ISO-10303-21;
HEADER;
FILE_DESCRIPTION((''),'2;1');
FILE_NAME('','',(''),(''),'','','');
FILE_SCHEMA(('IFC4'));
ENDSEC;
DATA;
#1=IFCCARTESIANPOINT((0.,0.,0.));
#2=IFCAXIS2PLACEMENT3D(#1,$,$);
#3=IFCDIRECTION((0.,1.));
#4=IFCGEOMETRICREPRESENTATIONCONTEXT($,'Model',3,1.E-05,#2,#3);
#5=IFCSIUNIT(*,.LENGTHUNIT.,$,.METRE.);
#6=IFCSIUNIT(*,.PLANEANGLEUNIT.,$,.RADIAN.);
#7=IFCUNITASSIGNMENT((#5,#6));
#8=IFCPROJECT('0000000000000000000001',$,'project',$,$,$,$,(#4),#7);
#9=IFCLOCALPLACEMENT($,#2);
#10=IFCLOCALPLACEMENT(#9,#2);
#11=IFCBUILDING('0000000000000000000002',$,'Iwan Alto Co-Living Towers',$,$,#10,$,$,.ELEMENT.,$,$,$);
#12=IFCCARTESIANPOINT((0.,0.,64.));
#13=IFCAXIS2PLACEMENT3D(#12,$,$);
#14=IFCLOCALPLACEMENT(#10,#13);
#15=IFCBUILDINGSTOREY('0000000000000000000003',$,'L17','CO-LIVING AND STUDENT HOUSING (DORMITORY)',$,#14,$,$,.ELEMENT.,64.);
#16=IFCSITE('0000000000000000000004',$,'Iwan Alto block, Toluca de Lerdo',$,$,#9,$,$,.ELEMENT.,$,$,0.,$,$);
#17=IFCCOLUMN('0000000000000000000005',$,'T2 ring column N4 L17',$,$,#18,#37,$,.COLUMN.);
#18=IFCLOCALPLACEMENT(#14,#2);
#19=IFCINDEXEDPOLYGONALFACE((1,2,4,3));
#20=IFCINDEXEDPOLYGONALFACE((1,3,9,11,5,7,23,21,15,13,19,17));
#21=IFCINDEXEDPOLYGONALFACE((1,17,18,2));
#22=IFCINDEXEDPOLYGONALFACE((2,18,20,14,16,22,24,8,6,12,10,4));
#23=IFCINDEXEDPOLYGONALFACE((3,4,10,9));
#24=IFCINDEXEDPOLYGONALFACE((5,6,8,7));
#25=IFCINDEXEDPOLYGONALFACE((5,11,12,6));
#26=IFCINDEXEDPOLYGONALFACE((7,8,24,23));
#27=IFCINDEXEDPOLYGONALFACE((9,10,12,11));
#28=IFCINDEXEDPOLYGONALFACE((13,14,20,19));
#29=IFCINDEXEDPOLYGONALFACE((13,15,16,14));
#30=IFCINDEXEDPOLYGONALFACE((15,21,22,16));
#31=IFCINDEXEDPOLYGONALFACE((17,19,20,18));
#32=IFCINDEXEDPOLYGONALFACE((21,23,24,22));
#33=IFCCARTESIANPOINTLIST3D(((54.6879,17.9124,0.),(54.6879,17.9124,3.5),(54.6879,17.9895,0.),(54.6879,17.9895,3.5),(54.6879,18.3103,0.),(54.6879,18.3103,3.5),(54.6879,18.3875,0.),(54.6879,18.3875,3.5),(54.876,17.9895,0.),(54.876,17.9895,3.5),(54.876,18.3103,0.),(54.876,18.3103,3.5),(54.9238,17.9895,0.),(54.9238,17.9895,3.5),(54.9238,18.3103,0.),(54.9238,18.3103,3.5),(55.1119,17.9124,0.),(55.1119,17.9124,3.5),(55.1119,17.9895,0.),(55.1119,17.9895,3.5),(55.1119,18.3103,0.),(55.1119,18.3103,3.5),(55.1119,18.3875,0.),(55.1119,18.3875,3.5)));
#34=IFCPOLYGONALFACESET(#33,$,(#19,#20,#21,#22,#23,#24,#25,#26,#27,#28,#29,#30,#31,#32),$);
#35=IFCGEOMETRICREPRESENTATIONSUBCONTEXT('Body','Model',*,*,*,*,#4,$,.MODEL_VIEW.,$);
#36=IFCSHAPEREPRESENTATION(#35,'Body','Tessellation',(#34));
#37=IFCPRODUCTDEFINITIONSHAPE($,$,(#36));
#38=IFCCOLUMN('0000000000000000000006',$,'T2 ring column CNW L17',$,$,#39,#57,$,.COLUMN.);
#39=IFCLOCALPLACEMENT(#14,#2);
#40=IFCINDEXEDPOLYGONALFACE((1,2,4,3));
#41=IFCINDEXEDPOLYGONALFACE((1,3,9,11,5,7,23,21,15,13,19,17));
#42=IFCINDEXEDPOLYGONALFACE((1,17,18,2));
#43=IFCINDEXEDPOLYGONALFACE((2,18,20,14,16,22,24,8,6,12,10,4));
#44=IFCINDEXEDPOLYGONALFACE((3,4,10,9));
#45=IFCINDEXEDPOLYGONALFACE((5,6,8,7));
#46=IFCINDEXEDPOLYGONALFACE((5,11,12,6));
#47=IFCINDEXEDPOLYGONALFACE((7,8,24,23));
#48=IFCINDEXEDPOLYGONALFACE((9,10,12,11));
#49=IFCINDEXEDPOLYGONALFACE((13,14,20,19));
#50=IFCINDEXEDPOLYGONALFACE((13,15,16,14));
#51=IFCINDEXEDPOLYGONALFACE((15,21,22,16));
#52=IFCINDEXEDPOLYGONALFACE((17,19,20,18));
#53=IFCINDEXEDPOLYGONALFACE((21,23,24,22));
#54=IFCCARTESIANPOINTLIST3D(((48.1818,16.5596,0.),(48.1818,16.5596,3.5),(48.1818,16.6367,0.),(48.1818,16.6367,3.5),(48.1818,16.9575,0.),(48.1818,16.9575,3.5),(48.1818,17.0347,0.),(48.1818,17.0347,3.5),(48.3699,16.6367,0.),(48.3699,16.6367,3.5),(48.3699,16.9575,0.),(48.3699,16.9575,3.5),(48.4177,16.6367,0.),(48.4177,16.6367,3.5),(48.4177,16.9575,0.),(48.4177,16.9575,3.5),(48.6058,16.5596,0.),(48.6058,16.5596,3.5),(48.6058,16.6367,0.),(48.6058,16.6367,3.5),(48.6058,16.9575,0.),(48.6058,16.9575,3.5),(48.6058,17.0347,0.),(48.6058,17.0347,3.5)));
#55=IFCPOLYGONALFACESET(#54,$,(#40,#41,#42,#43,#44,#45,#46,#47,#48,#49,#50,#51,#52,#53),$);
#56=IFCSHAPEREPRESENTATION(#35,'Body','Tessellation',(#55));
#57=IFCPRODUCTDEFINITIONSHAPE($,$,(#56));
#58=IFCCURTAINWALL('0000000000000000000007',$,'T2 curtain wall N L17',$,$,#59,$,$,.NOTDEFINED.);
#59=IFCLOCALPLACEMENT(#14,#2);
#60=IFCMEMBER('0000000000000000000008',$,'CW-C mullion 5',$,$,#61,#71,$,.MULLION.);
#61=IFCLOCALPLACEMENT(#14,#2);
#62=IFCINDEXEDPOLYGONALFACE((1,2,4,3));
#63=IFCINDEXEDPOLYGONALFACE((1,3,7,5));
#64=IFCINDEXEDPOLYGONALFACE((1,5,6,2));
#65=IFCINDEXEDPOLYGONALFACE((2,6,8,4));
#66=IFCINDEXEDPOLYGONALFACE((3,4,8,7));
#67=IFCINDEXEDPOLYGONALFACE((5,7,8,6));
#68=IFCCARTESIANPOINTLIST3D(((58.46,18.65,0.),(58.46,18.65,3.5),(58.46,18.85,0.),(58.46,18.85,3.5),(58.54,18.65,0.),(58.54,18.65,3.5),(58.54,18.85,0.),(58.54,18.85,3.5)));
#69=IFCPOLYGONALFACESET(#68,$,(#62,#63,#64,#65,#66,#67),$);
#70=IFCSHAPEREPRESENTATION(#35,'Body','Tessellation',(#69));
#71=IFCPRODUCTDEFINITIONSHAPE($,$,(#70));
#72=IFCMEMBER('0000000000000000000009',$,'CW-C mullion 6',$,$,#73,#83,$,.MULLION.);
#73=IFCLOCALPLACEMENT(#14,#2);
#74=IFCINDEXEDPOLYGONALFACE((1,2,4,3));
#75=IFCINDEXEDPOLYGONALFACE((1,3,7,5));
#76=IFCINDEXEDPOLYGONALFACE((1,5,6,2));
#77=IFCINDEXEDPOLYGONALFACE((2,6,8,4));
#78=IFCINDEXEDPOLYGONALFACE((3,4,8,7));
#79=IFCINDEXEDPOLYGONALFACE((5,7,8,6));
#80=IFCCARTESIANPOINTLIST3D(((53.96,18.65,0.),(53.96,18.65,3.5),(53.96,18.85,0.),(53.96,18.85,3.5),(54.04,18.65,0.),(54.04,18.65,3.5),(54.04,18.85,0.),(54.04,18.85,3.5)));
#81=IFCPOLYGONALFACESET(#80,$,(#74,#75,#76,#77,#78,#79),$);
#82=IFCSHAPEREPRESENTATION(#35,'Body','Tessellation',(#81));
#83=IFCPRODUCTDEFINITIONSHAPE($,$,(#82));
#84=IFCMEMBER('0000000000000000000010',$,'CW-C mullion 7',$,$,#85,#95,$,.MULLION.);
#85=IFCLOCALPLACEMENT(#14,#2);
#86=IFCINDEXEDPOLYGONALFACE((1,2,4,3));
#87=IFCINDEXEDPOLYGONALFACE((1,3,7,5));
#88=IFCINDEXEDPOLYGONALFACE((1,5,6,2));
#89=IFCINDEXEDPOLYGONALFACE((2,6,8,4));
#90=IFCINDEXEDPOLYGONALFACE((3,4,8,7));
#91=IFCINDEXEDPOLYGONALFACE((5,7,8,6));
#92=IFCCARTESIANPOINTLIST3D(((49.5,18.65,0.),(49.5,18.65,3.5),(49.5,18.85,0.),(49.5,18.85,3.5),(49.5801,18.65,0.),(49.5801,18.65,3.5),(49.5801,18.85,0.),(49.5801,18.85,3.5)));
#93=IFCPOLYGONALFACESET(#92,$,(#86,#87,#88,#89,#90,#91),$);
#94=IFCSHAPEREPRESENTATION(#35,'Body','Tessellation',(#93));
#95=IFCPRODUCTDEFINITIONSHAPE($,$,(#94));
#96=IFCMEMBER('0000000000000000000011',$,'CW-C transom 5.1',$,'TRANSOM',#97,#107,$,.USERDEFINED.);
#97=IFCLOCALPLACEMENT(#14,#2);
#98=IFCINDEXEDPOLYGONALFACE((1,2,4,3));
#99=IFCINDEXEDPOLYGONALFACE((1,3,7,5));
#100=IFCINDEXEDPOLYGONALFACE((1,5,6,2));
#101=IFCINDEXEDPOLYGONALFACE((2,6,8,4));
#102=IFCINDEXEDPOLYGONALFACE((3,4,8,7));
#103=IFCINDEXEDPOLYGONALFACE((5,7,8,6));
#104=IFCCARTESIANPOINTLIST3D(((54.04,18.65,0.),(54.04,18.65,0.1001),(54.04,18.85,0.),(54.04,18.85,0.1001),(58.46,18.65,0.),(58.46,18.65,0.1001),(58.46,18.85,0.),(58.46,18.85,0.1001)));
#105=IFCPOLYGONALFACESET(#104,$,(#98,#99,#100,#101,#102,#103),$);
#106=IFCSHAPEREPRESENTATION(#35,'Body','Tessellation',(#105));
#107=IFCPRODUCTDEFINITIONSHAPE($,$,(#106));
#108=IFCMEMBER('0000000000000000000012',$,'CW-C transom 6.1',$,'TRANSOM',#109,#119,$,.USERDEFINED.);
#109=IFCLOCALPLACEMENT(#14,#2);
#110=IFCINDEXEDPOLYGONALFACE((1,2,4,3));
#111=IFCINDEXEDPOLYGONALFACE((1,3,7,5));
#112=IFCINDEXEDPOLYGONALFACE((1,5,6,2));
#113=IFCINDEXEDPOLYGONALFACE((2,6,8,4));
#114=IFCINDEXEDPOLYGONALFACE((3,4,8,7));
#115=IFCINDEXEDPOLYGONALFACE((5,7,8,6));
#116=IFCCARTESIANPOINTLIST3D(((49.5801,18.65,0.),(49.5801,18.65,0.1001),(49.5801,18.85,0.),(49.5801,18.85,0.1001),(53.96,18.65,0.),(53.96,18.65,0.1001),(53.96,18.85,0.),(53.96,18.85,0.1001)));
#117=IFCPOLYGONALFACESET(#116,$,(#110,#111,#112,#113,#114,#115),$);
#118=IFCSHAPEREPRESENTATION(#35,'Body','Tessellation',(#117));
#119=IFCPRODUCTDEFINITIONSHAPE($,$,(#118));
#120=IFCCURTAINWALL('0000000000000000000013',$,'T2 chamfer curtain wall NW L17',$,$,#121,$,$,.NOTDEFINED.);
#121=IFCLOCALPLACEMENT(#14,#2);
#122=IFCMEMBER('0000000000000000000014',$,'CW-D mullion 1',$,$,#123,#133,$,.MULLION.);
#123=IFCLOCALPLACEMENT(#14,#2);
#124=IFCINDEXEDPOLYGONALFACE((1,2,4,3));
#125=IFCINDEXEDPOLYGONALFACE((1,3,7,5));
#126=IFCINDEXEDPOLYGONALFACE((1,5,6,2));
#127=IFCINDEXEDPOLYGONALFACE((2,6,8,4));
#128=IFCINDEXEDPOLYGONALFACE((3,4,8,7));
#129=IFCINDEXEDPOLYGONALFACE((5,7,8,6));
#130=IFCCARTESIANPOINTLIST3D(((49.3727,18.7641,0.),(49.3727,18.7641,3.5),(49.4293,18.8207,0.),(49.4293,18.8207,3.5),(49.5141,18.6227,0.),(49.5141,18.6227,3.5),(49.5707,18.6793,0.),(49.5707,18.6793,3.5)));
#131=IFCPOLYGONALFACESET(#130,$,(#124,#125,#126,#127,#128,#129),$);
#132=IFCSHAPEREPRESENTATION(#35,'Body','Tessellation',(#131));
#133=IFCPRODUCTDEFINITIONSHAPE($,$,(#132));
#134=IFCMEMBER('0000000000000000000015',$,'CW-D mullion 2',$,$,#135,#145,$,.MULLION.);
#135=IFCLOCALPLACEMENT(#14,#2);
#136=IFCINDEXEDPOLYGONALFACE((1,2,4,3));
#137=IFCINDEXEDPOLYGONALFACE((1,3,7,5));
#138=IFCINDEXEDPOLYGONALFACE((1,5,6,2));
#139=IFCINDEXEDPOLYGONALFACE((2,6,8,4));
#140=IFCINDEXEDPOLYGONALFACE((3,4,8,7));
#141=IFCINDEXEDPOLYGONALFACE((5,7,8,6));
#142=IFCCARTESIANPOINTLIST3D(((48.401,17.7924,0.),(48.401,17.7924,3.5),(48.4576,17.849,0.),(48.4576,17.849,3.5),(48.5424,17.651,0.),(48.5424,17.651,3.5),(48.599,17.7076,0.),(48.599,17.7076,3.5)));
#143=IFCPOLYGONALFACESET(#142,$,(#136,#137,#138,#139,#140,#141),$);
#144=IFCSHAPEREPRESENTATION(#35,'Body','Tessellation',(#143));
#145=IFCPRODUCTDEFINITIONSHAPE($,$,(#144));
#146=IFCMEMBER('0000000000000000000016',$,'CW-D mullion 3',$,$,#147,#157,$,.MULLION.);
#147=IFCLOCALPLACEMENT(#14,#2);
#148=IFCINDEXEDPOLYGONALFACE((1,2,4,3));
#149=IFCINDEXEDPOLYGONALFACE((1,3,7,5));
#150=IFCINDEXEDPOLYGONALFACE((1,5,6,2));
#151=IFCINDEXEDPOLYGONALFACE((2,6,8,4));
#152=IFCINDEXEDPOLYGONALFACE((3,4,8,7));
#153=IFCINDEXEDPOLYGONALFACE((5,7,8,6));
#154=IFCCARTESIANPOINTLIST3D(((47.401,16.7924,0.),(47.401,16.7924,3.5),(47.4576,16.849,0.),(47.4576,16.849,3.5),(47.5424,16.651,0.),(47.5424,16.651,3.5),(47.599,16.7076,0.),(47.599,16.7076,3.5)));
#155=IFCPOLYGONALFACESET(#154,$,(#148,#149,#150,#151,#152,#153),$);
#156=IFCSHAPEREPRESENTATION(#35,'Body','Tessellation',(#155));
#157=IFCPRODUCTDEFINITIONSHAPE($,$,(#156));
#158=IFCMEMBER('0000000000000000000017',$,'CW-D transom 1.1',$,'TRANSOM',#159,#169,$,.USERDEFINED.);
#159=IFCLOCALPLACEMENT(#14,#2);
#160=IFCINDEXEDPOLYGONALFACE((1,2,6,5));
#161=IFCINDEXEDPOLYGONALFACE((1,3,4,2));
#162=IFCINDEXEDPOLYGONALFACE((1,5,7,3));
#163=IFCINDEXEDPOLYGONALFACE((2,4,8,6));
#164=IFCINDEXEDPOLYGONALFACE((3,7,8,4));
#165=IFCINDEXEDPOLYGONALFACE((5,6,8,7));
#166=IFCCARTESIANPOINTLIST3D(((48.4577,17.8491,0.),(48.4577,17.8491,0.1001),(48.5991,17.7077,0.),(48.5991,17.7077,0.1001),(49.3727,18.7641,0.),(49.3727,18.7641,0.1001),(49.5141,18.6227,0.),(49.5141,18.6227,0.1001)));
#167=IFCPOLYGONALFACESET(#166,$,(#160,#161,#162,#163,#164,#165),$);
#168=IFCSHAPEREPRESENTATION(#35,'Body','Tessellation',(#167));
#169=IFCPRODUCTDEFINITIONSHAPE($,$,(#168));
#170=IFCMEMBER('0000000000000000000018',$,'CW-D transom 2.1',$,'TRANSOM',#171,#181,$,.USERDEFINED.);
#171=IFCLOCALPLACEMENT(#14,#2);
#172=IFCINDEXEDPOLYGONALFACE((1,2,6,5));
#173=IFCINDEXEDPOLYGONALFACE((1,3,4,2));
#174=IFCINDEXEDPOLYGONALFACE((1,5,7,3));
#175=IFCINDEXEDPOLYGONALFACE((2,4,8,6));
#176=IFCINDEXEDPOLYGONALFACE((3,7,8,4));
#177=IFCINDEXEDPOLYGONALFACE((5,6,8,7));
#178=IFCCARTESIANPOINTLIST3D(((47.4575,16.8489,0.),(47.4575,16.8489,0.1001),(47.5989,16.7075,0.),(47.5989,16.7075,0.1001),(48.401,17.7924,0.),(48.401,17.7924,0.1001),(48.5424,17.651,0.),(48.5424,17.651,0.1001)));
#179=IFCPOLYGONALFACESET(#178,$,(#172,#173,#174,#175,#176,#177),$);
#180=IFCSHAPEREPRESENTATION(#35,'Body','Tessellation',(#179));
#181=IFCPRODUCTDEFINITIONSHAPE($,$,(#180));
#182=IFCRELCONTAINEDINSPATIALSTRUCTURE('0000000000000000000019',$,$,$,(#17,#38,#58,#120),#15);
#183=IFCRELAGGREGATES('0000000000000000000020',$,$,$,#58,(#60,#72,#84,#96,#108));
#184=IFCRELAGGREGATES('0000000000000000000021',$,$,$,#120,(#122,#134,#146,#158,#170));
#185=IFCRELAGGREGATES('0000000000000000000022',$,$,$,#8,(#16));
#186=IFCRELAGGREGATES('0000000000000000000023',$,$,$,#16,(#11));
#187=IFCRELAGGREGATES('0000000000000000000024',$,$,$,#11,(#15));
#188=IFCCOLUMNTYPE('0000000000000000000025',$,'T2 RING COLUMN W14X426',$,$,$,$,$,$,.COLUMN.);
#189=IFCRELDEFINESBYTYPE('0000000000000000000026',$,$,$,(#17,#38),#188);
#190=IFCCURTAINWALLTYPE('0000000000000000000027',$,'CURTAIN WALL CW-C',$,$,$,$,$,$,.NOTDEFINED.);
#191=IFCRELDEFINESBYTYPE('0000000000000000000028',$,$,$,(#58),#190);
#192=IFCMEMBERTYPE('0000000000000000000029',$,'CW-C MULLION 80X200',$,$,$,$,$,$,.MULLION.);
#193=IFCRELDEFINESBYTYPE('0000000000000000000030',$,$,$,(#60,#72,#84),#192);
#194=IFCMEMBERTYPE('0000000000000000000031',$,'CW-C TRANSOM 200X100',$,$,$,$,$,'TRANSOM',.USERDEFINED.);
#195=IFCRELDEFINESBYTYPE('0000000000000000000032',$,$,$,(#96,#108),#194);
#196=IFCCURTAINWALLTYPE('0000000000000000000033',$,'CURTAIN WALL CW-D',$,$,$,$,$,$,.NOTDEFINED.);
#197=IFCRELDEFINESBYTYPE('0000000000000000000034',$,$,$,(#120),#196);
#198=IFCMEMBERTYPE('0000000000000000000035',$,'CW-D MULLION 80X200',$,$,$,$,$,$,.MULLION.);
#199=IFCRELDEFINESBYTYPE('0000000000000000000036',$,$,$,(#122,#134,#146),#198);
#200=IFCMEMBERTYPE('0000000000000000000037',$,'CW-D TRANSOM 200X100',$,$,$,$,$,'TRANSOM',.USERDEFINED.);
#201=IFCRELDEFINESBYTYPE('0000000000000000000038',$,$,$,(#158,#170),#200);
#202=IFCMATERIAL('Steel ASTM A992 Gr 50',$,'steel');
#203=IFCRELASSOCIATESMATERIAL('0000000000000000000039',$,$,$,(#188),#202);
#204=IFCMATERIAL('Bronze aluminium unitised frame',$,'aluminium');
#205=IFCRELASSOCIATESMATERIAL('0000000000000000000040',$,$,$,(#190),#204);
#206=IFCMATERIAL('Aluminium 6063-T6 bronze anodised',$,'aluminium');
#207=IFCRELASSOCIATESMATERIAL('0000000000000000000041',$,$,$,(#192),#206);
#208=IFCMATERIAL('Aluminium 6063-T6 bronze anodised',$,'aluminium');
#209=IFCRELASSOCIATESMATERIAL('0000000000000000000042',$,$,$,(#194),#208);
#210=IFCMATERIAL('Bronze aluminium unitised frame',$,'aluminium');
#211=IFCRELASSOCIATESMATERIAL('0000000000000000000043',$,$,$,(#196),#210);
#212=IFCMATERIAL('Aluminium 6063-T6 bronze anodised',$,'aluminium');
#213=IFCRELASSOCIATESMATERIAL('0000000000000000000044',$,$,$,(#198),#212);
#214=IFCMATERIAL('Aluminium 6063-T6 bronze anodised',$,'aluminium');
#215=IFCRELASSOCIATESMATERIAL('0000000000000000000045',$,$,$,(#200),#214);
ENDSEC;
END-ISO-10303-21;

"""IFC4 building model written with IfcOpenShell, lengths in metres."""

from ifc_helpers import new_model, si_unit, direction, frame, origin, origin_2d, place, context, subcontext, project, spatial, rectangle, i_section, extrude, material, material_profile, profile_set, type_object, element, aggregate, save


model = new_model("IFC4")

# Units and contexts
model_context = context("Model", 3, precision=1e-05, world=origin(), true_north=direction((0.0, 1.0)))
body_context = subcontext(model_context, "Body", "Model", "MODEL_VIEW")
ifc_project = project(units=[si_unit("LENGTHUNIT", "METRE"), si_unit("PLANEANGLEUNIT", "RADIAN")], contexts=[model_context])

# Site, building, storey
site_placement = place(None, origin())
site = spatial("IfcSite", under=ifc_project, at=site_placement, Name="Iwan Alto block, Toluca de Lerdo", CompositionType="ELEMENT", RefElevation=0.0)
building_placement = place(site_placement, origin())
building = spatial("IfcBuilding", under=site, at=building_placement, Name="Iwan Alto Co-Living Towers", CompositionType="ELEMENT")
storey_placement = place(building_placement, frame((0.0, 0.0, 64.0)))
storey = spatial("IfcBuildingStorey", under=building, at=storey_placement, Name="L17", Description="CO-LIVING AND STUDENT HOUSING (DORMITORY)", CompositionType="ELEMENT", Elevation=64.0)

# Columns
ifc_material_1 = material(Name="Steel ASTM A992 Gr 50", Category="steel")
ifc_material_profile_1 = material_profile(ifc_material_1, i_section(OverallWidth=0.4241, OverallDepth=0.4751, WebThickness=0.0479, FlangeThickness=0.0771, at=origin_2d()), Name="W14X426")
ifc_profile_set_1 = profile_set([ifc_material_profile_1], Name="Steel ASTM A992 Gr 50")
column_type = type_object("IfcColumnType", Name="T2 RING COLUMN W14X426", PredefinedType="COLUMN", material=ifc_profile_set_1)
for number, where, z_axis, x_axis, name in (
    (1, (54.8999, 18.1499, 0.0), (0.0, 0.0, 1.0), (1.0, 0.0, 0.0), "T2 ring column N4 L17"),
    (2, (48.3938, 16.7971, 0.0), (0.0, 0.0, 1.0), (1.0, 0.0, 0.0), "T2 ring column CNW L17"),
):
    element("IfcColumn", number, at=place(storey_placement, frame(where, z_axis=z_axis, x_axis=x_axis)), inside=storey, type_object=column_type, Name=name, PredefinedType="COLUMN", context=body_context, shape_type="SweptSolid", body=[
        extrude(i_section(OverallWidth=0.4241, OverallDepth=0.4751, WebThickness=0.0479, FlangeThickness=0.0771, at=origin_2d()), origin(), (0.0, 0.0, 1.0), 3.5),
    ])

# Curtain walls, members
ifc_material_2 = material(Name="Bronze aluminium unitised frame", Category="aluminium")
curtain_wall_type_1 = type_object("IfcCurtainWallType", Name="CURTAIN WALL CW-C", PredefinedType="NOTDEFINED", material=ifc_material_2)
curtain_wall_1_placement = place(storey_placement, origin())
curtain_wall_1 = element("IfcCurtainWall", 3, at=curtain_wall_1_placement, inside=storey, type_object=curtain_wall_type_1, Name="T2 curtain wall N L17", PredefinedType="NOTDEFINED")
ifc_material_3 = material(Name="Aluminium 6063-T6 bronze anodised", Category="aluminium")
ifc_material_profile_2 = material_profile(ifc_material_3, rectangle(XDim=0.2, YDim=0.0801, at=origin_2d()), Name="AL 80X200")
ifc_profile_set_2 = profile_set([ifc_material_profile_2], Name="Aluminium 6063-T6 bronze anodised")
member_type_1 = type_object("IfcMemberType", Name="CW-C MULLION 80X200", PredefinedType="MULLION", material=ifc_profile_set_2)
member_1_placement = place(storey_placement, frame((58.5, 18.75, 0.0), z_axis=(0.0, 0.0, 1.0), x_axis=(0.0, -1.0, 0.0)))
member_1 = element("IfcMember", 4, at=member_1_placement, type_object=member_type_1, Name="CW-C mullion 5", PredefinedType="MULLION", context=body_context, shape_type="SweptSolid", body=[
    extrude(rectangle(XDim=0.2, YDim=0.0801, at=origin_2d()), origin(), (0.0, 0.0, 1.0), 3.5),
])
member_2_placement = place(storey_placement, frame((54.0, 18.75, 0.0), z_axis=(0.0, 0.0, 1.0), x_axis=(0.0, -1.0, 0.0)))
member_2 = element("IfcMember", 5, at=member_2_placement, type_object=member_type_1, Name="CW-C mullion 6", PredefinedType="MULLION", context=body_context, shape_type="SweptSolid", body=[
    extrude(rectangle(XDim=0.2, YDim=0.0801, at=origin_2d()), origin(), (0.0, 0.0, 1.0), 3.5),
])
member_3_placement = place(storey_placement, frame((49.54, 18.75, 0.0), z_axis=(0.0, 0.0, 1.0), x_axis=(0.0, -1.0, 0.0)))
member_3 = element("IfcMember", 6, at=member_3_placement, type_object=member_type_1, Name="CW-C mullion 7", PredefinedType="MULLION", context=body_context, shape_type="SweptSolid", body=[
    extrude(rectangle(XDim=0.2, YDim=0.0801, at=origin_2d()), origin(), (0.0, 0.0, 1.0), 3.5),
])
ifc_material_4 = material(Name="Aluminium 6063-T6 bronze anodised", Category="aluminium")
ifc_material_profile_3 = material_profile(ifc_material_4, rectangle(XDim=0.2, YDim=0.1001, at=origin_2d()), Name="AL 200X100")
ifc_profile_set_3 = profile_set([ifc_material_profile_3], Name="Aluminium 6063-T6 bronze anodised")
member_type_2 = type_object("IfcMemberType", Name="CW-C TRANSOM 200X100", ElementType="TRANSOM", PredefinedType="USERDEFINED", material=ifc_profile_set_3)
member_4_placement = place(storey_placement, frame((58.46, 18.75, 0.05), z_axis=(-1.0, 0.0, 0.0), x_axis=(0.0, -1.0, 0.0)))
member_4 = element("IfcMember", 7, at=member_4_placement, type_object=member_type_2, Name="CW-C transom 5.1", ObjectType="TRANSOM", PredefinedType="USERDEFINED", context=body_context, shape_type="SweptSolid", body=[
    extrude(rectangle(XDim=0.2, YDim=0.1001, at=origin_2d()), origin(), (0.0, 0.0, 1.0), 4.4199),
])
member_5_placement = place(storey_placement, frame((53.96, 18.75, 0.05), z_axis=(-1.0, 0.0, 0.0), x_axis=(0.0, -1.0, 0.0)))
member_5 = element("IfcMember", 8, at=member_5_placement, type_object=member_type_2, Name="CW-C transom 6.1", ObjectType="TRANSOM", PredefinedType="USERDEFINED", context=body_context, shape_type="SweptSolid", body=[
    extrude(rectangle(XDim=0.2, YDim=0.1001, at=origin_2d()), origin(), (0.0, 0.0, 1.0), 4.3799),
])
ifc_material_5 = material(Name="Bronze aluminium unitised frame", Category="aluminium")
curtain_wall_type_2 = type_object("IfcCurtainWallType", Name="CURTAIN WALL CW-D", PredefinedType="NOTDEFINED", material=ifc_material_5)
curtain_wall_2_placement = place(storey_placement, origin())
curtain_wall_2 = element("IfcCurtainWall", 9, at=curtain_wall_2_placement, inside=storey, type_object=curtain_wall_type_2, Name="T2 chamfer curtain wall NW L17", PredefinedType="NOTDEFINED")
ifc_material_6 = material(Name="Aluminium 6063-T6 bronze anodised", Category="aluminium")
ifc_material_profile_4 = material_profile(ifc_material_6, rectangle(XDim=0.2, YDim=0.0801, at=origin_2d()), Name="AL 80X200")
ifc_profile_set_4 = profile_set([ifc_material_profile_4], Name="Aluminium 6063-T6 bronze anodised")
member_type_3 = type_object("IfcMemberType", Name="CW-D MULLION 80X200", PredefinedType="MULLION", material=ifc_profile_set_4)
member_6_placement = place(storey_placement, frame((49.4717, 18.7217, 0.0), z_axis=(0.0, 0.0, 1.0), x_axis=(0.707107, -0.707107, 0.0)))
member_6 = element("IfcMember", 10, at=member_6_placement, type_object=member_type_3, Name="CW-D mullion 1", PredefinedType="MULLION", context=body_context, shape_type="SweptSolid", body=[
    extrude(rectangle(XDim=0.2, YDim=0.0801, at=origin_2d()), origin(), (0.0, 0.0, 1.0), 3.5),
])
member_7_placement = place(storey_placement, frame((48.5, 17.75, 0.0), z_axis=(0.0, 0.0, 1.0), x_axis=(0.707107, -0.707107, 0.0)))
member_7 = element("IfcMember", 11, at=member_7_placement, type_object=member_type_3, Name="CW-D mullion 2", PredefinedType="MULLION", context=body_context, shape_type="SweptSolid", body=[
    extrude(rectangle(XDim=0.2, YDim=0.0801, at=origin_2d()), origin(), (0.0, 0.0, 1.0), 3.5),
])
member_8_placement = place(storey_placement, frame((47.5, 16.75, 0.0), z_axis=(0.0, 0.0, 1.0), x_axis=(0.707107, -0.707107, 0.0)))
member_8 = element("IfcMember", 12, at=member_8_placement, type_object=member_type_3, Name="CW-D mullion 3", PredefinedType="MULLION", context=body_context, shape_type="SweptSolid", body=[
    extrude(rectangle(XDim=0.2, YDim=0.0801, at=origin_2d()), origin(), (0.0, 0.0, 1.0), 3.5),
])
ifc_material_7 = material(Name="Aluminium 6063-T6 bronze anodised", Category="aluminium")
ifc_material_profile_5 = material_profile(ifc_material_7, rectangle(XDim=0.2, YDim=0.1001, at=origin_2d()), Name="AL 200X100")
ifc_profile_set_5 = profile_set([ifc_material_profile_5], Name="Aluminium 6063-T6 bronze anodised")
member_type_4 = type_object("IfcMemberType", Name="CW-D TRANSOM 200X100", ElementType="TRANSOM", PredefinedType="USERDEFINED", material=ifc_profile_set_5)
member_9_placement = place(storey_placement, frame((49.4434, 18.6934, 0.05), z_axis=(-0.707107, -0.707107, 0.0), x_axis=(0.707107, -0.707107, 0.0)))
member_9 = element("IfcMember", 13, at=member_9_placement, type_object=member_type_4, Name="CW-D transom 1.1", ObjectType="TRANSOM", PredefinedType="USERDEFINED", context=body_context, shape_type="SweptSolid", body=[
    extrude(rectangle(XDim=0.2, YDim=0.1001, at=origin_2d()), origin(), (0.0, 0.0, 1.0), 1.2939),
])
member_10_placement = place(storey_placement, frame((48.4717, 17.7217, 0.05), z_axis=(-0.707107, -0.707107, 0.0), x_axis=(0.707107, -0.707107, 0.0)))
member_10 = element("IfcMember", 14, at=member_10_placement, type_object=member_type_4, Name="CW-D transom 2.1", ObjectType="TRANSOM", PredefinedType="USERDEFINED", context=body_context, shape_type="SweptSolid", body=[
    extrude(rectangle(XDim=0.2, YDim=0.1001, at=origin_2d()), origin(), (0.0, 0.0, 1.0), 1.3342),
])

aggregate(curtain_wall_1, [member_1, member_2, member_3, member_4, member_5])
aggregate(curtain_wall_2, [member_6, member_7, member_8, member_9, member_10])

save(model, "model.ifc")
